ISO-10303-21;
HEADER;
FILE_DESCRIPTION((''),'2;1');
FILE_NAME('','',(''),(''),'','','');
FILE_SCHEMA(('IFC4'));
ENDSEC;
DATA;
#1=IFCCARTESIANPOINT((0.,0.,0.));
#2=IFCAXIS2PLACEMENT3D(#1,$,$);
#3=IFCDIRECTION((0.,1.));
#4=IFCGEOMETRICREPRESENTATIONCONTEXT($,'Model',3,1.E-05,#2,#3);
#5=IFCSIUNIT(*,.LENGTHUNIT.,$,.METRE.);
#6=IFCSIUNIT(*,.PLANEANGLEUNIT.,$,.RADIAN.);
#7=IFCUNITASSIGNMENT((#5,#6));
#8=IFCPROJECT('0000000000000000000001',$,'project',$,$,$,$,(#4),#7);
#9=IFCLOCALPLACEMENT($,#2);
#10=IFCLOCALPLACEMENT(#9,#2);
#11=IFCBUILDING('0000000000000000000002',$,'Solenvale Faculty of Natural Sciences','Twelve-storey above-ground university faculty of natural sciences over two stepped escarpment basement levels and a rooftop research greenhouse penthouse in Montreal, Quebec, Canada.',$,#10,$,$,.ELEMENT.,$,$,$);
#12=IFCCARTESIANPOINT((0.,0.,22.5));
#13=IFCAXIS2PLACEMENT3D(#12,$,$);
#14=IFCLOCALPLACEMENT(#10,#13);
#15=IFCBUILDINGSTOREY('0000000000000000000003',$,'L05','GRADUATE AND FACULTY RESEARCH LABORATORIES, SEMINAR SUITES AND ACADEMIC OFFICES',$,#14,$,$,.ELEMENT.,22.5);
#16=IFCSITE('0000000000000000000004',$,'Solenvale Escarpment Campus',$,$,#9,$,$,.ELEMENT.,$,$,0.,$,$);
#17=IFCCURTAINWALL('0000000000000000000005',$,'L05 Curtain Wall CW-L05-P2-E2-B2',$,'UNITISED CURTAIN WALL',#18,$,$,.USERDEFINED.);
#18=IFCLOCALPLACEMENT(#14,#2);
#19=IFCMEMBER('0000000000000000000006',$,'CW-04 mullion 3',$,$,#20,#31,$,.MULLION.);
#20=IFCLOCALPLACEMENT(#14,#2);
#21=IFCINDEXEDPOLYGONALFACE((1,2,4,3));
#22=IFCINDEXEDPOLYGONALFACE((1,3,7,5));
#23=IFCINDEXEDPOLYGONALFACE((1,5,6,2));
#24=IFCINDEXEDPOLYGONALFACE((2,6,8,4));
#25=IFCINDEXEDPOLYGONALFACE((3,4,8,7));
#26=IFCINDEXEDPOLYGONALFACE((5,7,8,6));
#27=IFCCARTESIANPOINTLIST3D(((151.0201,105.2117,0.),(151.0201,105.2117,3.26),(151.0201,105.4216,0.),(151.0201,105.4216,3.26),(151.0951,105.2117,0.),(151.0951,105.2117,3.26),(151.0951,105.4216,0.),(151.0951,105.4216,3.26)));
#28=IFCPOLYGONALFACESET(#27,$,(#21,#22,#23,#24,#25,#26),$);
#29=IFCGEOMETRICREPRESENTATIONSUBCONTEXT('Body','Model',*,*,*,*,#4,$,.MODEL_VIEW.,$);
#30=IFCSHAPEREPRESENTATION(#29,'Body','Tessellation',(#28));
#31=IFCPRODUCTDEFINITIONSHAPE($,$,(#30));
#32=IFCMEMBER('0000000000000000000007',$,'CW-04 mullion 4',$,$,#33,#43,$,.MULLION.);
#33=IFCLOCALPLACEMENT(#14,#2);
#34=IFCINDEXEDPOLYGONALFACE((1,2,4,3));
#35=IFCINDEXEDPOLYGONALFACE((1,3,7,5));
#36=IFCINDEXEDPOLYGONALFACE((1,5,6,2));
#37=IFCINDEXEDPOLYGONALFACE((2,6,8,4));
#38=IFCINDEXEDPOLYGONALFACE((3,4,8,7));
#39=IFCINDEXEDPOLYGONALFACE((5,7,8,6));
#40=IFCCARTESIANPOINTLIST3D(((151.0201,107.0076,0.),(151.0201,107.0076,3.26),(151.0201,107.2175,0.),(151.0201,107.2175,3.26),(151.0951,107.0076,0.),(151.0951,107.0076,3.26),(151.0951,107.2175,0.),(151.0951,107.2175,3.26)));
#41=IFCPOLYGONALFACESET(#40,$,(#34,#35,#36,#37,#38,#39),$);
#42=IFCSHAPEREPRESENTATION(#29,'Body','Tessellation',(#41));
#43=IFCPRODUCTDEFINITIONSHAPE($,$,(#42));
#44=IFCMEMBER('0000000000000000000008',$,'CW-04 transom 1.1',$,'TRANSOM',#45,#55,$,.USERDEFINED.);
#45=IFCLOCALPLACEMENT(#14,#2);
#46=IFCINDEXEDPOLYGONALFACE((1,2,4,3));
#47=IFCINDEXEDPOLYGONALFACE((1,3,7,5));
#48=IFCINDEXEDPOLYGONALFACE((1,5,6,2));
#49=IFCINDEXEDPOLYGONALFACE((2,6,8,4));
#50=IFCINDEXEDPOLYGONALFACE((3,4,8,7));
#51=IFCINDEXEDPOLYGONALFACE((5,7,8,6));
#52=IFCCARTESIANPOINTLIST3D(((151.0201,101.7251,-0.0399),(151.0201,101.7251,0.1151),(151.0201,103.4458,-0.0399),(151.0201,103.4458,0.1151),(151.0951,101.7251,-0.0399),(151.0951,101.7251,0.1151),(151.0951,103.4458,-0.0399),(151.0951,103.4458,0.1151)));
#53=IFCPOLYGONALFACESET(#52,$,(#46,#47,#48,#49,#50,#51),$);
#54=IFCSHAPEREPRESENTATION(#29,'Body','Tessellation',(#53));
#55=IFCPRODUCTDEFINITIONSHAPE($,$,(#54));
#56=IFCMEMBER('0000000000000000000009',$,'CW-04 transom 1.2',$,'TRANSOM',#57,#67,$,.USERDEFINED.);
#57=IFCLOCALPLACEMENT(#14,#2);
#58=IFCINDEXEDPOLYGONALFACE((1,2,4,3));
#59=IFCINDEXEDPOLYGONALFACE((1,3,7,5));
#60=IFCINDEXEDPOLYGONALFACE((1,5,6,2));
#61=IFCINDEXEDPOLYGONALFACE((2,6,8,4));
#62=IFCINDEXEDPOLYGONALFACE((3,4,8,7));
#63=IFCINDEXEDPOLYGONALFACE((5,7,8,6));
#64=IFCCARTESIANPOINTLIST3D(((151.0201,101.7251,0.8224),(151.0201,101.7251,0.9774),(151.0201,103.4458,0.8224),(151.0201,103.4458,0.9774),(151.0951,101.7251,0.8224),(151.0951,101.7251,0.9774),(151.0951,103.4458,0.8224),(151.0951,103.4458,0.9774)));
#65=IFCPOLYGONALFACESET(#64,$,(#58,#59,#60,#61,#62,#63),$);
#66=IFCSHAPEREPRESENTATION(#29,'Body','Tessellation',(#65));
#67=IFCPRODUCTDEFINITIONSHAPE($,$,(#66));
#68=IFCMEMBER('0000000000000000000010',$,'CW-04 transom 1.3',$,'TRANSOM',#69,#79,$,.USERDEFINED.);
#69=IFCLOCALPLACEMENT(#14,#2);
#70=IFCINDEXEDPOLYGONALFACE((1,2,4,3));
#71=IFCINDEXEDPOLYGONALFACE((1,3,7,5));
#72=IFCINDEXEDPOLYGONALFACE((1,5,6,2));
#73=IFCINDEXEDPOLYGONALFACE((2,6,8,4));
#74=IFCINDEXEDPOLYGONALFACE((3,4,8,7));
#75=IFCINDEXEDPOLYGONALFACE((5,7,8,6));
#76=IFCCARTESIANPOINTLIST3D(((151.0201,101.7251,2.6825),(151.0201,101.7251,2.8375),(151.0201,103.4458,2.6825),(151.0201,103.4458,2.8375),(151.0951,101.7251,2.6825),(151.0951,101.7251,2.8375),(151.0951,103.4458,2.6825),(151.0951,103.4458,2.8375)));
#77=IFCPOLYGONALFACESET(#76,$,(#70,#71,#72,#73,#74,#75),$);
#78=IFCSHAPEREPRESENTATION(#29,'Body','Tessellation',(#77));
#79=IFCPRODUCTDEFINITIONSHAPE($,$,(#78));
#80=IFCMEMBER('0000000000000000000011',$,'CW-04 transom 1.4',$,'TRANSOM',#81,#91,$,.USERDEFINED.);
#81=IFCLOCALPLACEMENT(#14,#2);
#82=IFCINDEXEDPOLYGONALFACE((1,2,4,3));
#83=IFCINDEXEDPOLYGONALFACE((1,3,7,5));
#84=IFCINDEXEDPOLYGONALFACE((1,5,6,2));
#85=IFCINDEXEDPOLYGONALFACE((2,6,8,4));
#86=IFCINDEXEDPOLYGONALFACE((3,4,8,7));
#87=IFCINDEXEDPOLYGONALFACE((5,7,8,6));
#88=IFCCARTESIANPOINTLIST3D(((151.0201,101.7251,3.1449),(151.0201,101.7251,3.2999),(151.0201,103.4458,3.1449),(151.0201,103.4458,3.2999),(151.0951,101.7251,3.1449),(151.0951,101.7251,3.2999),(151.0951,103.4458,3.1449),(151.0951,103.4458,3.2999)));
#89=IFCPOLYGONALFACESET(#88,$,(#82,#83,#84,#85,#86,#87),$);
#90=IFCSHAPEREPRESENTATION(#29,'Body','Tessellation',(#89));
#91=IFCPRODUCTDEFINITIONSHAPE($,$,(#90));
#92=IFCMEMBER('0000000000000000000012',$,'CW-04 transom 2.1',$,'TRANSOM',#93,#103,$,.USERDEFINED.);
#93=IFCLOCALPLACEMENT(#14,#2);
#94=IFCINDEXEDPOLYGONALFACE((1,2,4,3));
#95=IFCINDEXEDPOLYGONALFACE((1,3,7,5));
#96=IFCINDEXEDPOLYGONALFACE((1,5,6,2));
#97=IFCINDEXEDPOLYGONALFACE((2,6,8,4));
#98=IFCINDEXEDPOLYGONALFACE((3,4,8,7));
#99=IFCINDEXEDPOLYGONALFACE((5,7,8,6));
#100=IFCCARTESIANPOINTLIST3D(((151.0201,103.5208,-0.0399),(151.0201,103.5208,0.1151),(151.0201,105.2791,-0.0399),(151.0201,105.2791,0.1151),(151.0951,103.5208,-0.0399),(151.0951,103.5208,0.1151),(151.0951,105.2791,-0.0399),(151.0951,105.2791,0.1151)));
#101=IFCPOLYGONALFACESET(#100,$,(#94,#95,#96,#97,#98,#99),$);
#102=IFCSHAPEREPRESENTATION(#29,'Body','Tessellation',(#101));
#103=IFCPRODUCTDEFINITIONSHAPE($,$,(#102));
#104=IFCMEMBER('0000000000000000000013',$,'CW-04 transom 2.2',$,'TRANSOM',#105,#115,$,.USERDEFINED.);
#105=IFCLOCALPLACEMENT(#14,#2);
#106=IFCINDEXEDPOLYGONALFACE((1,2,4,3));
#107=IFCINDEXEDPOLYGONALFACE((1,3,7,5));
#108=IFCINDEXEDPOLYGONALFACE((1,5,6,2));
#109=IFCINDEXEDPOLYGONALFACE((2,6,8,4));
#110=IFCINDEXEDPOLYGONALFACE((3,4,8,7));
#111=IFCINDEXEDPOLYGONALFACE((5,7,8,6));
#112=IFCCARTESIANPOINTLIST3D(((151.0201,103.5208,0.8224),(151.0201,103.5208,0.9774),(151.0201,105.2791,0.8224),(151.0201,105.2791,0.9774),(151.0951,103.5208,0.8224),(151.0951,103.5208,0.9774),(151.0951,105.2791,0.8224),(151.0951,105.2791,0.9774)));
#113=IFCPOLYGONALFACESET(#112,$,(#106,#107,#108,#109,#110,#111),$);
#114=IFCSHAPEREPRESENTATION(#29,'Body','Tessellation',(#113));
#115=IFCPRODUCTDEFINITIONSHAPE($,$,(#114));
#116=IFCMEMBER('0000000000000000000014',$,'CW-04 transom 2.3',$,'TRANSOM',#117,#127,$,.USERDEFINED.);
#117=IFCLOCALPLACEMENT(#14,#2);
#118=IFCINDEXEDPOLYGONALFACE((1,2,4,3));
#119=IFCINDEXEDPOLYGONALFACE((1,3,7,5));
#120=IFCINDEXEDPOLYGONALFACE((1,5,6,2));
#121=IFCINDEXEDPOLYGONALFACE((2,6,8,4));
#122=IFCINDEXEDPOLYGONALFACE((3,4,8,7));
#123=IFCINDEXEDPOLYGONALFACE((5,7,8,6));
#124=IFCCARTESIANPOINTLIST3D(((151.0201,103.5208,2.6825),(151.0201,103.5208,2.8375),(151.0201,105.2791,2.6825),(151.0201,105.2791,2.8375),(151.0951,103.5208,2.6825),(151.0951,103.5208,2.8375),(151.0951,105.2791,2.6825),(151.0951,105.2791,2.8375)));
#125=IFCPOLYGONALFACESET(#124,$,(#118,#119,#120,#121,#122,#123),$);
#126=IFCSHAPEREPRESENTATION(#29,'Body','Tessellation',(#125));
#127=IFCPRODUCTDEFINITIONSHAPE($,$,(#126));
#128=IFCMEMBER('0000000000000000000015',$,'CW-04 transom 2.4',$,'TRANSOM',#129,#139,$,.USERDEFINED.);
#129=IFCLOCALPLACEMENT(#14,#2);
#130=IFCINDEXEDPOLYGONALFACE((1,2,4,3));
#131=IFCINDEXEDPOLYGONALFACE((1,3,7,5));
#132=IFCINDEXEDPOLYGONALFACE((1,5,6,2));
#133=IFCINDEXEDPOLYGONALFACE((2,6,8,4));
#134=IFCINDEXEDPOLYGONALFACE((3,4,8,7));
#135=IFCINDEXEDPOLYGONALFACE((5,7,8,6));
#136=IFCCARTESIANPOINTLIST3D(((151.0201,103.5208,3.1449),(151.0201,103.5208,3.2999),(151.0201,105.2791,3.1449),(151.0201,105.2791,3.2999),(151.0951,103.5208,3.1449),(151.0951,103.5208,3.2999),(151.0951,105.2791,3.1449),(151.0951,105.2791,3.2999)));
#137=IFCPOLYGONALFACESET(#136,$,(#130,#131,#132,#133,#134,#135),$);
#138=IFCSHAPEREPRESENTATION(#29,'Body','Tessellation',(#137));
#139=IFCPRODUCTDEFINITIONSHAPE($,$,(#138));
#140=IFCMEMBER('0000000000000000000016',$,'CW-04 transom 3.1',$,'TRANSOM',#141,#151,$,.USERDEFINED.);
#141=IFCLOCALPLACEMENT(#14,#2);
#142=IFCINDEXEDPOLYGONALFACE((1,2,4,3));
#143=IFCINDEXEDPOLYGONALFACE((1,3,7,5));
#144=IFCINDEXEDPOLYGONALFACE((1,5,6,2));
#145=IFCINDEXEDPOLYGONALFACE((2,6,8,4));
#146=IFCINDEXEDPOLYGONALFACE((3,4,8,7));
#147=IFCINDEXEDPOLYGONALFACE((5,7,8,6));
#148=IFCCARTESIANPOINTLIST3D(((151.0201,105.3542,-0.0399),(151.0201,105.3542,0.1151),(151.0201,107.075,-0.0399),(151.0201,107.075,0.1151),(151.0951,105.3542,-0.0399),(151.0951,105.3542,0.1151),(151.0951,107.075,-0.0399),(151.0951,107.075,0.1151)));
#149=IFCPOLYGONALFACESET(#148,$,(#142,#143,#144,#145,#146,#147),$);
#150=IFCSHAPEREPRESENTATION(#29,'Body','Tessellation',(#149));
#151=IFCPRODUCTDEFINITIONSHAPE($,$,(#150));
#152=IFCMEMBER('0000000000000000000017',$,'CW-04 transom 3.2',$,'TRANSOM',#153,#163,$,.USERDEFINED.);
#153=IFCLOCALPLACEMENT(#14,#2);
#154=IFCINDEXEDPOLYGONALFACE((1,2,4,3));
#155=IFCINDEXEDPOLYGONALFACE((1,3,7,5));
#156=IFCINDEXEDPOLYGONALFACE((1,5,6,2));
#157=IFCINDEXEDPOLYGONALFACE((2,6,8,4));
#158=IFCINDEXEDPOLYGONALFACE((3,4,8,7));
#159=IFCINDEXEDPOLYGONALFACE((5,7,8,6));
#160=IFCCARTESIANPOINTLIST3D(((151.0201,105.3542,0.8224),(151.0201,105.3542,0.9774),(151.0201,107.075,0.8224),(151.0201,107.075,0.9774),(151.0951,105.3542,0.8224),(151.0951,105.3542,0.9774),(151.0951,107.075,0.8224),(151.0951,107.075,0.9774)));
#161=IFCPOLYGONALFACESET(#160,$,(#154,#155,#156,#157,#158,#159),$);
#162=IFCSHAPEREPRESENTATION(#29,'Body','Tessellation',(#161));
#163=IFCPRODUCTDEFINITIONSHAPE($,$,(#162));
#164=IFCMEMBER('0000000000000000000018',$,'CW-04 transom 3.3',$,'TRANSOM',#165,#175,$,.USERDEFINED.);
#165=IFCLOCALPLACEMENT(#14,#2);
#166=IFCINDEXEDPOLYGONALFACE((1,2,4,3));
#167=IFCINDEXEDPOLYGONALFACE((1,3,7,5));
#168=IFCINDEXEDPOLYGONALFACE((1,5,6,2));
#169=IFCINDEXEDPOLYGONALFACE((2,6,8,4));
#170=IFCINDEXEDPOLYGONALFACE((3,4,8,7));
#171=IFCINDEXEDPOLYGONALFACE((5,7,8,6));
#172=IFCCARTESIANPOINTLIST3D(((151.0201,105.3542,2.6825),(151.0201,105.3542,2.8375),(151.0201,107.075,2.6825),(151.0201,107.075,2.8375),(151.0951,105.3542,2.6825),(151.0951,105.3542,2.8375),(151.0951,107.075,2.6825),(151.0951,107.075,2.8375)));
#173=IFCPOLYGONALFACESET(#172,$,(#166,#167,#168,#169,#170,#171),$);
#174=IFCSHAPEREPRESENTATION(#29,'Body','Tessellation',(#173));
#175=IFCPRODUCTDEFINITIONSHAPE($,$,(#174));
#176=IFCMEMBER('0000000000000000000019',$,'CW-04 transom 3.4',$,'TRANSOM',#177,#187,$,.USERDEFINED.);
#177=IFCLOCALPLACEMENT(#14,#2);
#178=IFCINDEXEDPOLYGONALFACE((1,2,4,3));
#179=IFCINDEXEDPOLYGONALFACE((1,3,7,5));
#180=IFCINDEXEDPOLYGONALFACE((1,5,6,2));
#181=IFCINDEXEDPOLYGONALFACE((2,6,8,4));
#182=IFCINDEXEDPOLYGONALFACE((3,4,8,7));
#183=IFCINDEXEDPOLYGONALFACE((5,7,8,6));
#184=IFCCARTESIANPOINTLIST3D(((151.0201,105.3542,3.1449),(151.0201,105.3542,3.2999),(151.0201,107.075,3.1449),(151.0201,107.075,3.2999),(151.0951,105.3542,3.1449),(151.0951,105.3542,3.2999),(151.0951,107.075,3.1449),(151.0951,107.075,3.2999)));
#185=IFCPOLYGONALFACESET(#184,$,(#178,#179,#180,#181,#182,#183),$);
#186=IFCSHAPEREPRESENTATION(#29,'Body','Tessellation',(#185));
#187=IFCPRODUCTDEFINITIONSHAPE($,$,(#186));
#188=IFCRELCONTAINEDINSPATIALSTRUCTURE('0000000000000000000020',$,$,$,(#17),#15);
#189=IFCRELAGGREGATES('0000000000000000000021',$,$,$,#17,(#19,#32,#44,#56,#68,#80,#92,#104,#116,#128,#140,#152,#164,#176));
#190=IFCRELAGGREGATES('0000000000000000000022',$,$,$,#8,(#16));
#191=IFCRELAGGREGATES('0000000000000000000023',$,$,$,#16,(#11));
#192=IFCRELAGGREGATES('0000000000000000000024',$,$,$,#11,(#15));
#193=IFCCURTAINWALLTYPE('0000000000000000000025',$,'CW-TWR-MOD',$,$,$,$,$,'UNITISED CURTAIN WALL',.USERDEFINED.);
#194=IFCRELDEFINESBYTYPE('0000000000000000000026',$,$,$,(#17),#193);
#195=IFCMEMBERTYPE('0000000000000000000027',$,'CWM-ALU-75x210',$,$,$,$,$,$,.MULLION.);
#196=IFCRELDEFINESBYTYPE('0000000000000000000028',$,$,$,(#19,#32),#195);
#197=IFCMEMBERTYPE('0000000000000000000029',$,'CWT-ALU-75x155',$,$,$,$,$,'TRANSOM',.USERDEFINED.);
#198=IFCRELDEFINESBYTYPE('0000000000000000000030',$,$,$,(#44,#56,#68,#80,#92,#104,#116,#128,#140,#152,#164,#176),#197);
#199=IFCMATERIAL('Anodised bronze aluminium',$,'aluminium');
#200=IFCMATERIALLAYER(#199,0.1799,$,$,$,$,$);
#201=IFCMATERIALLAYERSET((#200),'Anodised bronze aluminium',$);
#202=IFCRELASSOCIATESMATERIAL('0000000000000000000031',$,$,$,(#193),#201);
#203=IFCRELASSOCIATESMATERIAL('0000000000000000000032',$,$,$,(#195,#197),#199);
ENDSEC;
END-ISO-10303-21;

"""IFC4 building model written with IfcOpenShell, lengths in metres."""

from ifc_helpers import new_model, si_unit, direction, frame, origin, origin_2d, place, context, subcontext, project, spatial, rectangle, extrude, material, layer, layer_set, material_profile, profile_set, type_object, element, aggregate, save


model = new_model("IFC4")

# Units and contexts
model_context = context("Model", 3, precision=1e-05, world=origin(), true_north=direction((0.0, 1.0)))
body_context = subcontext(model_context, "Body", "Model", "MODEL_VIEW")
ifc_project = project(units=[si_unit("LENGTHUNIT", "METRE"), si_unit("PLANEANGLEUNIT", "RADIAN")], contexts=[model_context])

# Site, building, storey
site_placement = place(None, origin())
site = spatial("IfcSite", under=ifc_project, at=site_placement, Name="Solenvale Escarpment Campus", CompositionType="ELEMENT", RefElevation=0.0)
building_placement = place(site_placement, origin())
building = spatial("IfcBuilding", under=site, at=building_placement, Name="Solenvale Faculty of Natural Sciences", Description="Twelve-storey above-ground university faculty of natural sciences over two stepped escarpment basement levels and a rooftop research greenhouse penthouse in Montreal, Quebec, Canada.", CompositionType="ELEMENT")
storey_placement = place(building_placement, frame((0.0, 0.0, 22.5)))
storey = spatial("IfcBuildingStorey", under=building, at=storey_placement, Name="L05", Description="GRADUATE AND FACULTY RESEARCH LABORATORIES, SEMINAR SUITES AND ACADEMIC OFFICES", CompositionType="ELEMENT", Elevation=22.5)

# Curtain wall, members
ifc_material_1 = material(Name="Anodised bronze aluminium", Category="aluminium")
ifc_layer_1 = layer(ifc_material_1, 0.1799)
ifc_layer_set_1 = layer_set([ifc_layer_1], Name="Anodised bronze aluminium")
curtain_wall_type = type_object("IfcCurtainWallType", Name="CW-TWR-MOD", ElementType="UNITISED CURTAIN WALL", PredefinedType="USERDEFINED", material=ifc_layer_set_1)
curtain_wall_placement = place(storey_placement, origin())
curtain_wall = element("IfcCurtainWall", 1, at=curtain_wall_placement, inside=storey, type_object=curtain_wall_type, Name="L05 Curtain Wall CW-L05-P2-E2-B2", ObjectType="UNITISED CURTAIN WALL", PredefinedType="USERDEFINED")
ifc_material_profile_1 = material_profile(ifc_material_1, rectangle(XDim=0.075, YDim=0.21, at=origin_2d()), Name="ALU-MUL-75x210")
ifc_profile_set_1 = profile_set([ifc_material_profile_1], Name="Anodised bronze aluminium")
member_type_1 = type_object("IfcMemberType", Name="CWM-ALU-75x210", PredefinedType="MULLION", material=ifc_profile_set_1)
member_1_placement = place(storey_placement, frame((151.0576, 105.3167, 0.0), z_axis=(0.0, 0.0, 1.0), x_axis=(-1.0, 0.0, 0.0)))
member_1 = element("IfcMember", 2, at=member_1_placement, type_object=member_type_1, Name="CW-04 mullion 3", PredefinedType="MULLION", context=body_context, shape_type="SweptSolid", body=[
    extrude(rectangle(XDim=0.075, YDim=0.21, at=origin_2d()), origin(), (0.0, 0.0, 1.0), 3.26),
])
member_2_placement = place(storey_placement, frame((151.0576, 107.1125, 0.0), z_axis=(0.0, 0.0, 1.0), x_axis=(-1.0, 0.0, 0.0)))
member_2 = element("IfcMember", 3, at=member_2_placement, type_object=member_type_1, Name="CW-04 mullion 4", PredefinedType="MULLION", context=body_context, shape_type="SweptSolid", body=[
    extrude(rectangle(XDim=0.075, YDim=0.21, at=origin_2d()), origin(), (0.0, 0.0, 1.0), 3.26),
])
ifc_material_profile_2 = material_profile(ifc_material_1, rectangle(XDim=0.075, YDim=0.155, at=origin_2d()), Name="ALU-TRN-75x155")
ifc_profile_set_2 = profile_set([ifc_material_profile_2], Name="Anodised bronze aluminium")
member_type_2 = type_object("IfcMemberType", Name="CWT-ALU-75x155", ElementType="TRANSOM", PredefinedType="USERDEFINED", material=ifc_profile_set_2)
member_3_placement = place(storey_placement, frame((151.0576, 101.7251, 0.0376), z_axis=(0.0, 1.0, 0.0), x_axis=(-1.0, 0.0, 0.0)))
member_3 = element("IfcMember", 4, at=member_3_placement, type_object=member_type_2, Name="CW-04 transom 1.1", ObjectType="TRANSOM", PredefinedType="USERDEFINED", context=body_context, shape_type="SweptSolid", body=[
    extrude(rectangle(XDim=0.075, YDim=0.155, at=origin_2d()), origin(), (0.0, 0.0, 1.0), 1.7207),
])
member_4_placement = place(storey_placement, frame((151.0576, 101.7251, 0.8999), z_axis=(0.0, 1.0, 0.0), x_axis=(-1.0, 0.0, 0.0)))
member_4 = element("IfcMember", 5, at=member_4_placement, type_object=member_type_2, Name="CW-04 transom 1.2", ObjectType="TRANSOM", PredefinedType="USERDEFINED", context=body_context, shape_type="SweptSolid", body=[
    extrude(rectangle(XDim=0.075, YDim=0.155, at=origin_2d()), origin(), (0.0, 0.0, 1.0), 1.7207),
])
member_5_placement = place(storey_placement, frame((151.0576, 101.7251, 2.76), z_axis=(0.0, 1.0, 0.0), x_axis=(-1.0, 0.0, 0.0)))
member_5 = element("IfcMember", 6, at=member_5_placement, type_object=member_type_2, Name="CW-04 transom 1.3", ObjectType="TRANSOM", PredefinedType="USERDEFINED", context=body_context, shape_type="SweptSolid", body=[
    extrude(rectangle(XDim=0.075, YDim=0.155, at=origin_2d()), origin(), (0.0, 0.0, 1.0), 1.7207),
])
member_6_placement = place(storey_placement, frame((151.0576, 101.7251, 3.2224), z_axis=(0.0, 1.0, 0.0), x_axis=(-1.0, 0.0, 0.0)))
member_6 = element("IfcMember", 7, at=member_6_placement, type_object=member_type_2, Name="CW-04 transom 1.4", ObjectType="TRANSOM", PredefinedType="USERDEFINED", context=body_context, shape_type="SweptSolid", body=[
    extrude(rectangle(XDim=0.075, YDim=0.155, at=origin_2d()), origin(), (0.0, 0.0, 1.0), 1.7207),
])
member_7_placement = place(storey_placement, frame((151.0576, 103.5208, 0.0376), z_axis=(0.0, 1.0, 0.0), x_axis=(-1.0, 0.0, 0.0)))
member_7 = element("IfcMember", 8, at=member_7_placement, type_object=member_type_2, Name="CW-04 transom 2.1", ObjectType="TRANSOM", PredefinedType="USERDEFINED", context=body_context, shape_type="SweptSolid", body=[
    extrude(rectangle(XDim=0.075, YDim=0.155, at=origin_2d()), origin(), (0.0, 0.0, 1.0), 1.7583),
])
member_8_placement = place(storey_placement, frame((151.0576, 103.5208, 0.8999), z_axis=(0.0, 1.0, 0.0), x_axis=(-1.0, 0.0, 0.0)))
member_8 = element("IfcMember", 9, at=member_8_placement, type_object=member_type_2, Name="CW-04 transom 2.2", ObjectType="TRANSOM", PredefinedType="USERDEFINED", context=body_context, shape_type="SweptSolid", body=[
    extrude(rectangle(XDim=0.075, YDim=0.155, at=origin_2d()), origin(), (0.0, 0.0, 1.0), 1.7583),
])
member_9_placement = place(storey_placement, frame((151.0576, 103.5208, 2.76), z_axis=(0.0, 1.0, 0.0), x_axis=(-1.0, 0.0, 0.0)))
member_9 = element("IfcMember", 10, at=member_9_placement, type_object=member_type_2, Name="CW-04 transom 2.3", ObjectType="TRANSOM", PredefinedType="USERDEFINED", context=body_context, shape_type="SweptSolid", body=[
    extrude(rectangle(XDim=0.075, YDim=0.155, at=origin_2d()), origin(), (0.0, 0.0, 1.0), 1.7583),
])
member_10_placement = place(storey_placement, frame((151.0576, 103.5208, 3.2224), z_axis=(0.0, 1.0, 0.0), x_axis=(-1.0, 0.0, 0.0)))
member_10 = element("IfcMember", 11, at=member_10_placement, type_object=member_type_2, Name="CW-04 transom 2.4", ObjectType="TRANSOM", PredefinedType="USERDEFINED", context=body_context, shape_type="SweptSolid", body=[
    extrude(rectangle(XDim=0.075, YDim=0.155, at=origin_2d()), origin(), (0.0, 0.0, 1.0), 1.7583),
])
member_11_placement = place(storey_placement, frame((151.0576, 105.3542, 0.0376), z_axis=(0.0, 1.0, 0.0), x_axis=(-1.0, 0.0, 0.0)))
member_11 = element("IfcMember", 12, at=member_11_placement, type_object=member_type_2, Name="CW-04 transom 3.1", ObjectType="TRANSOM", PredefinedType="USERDEFINED", context=body_context, shape_type="SweptSolid", body=[
    extrude(rectangle(XDim=0.075, YDim=0.155, at=origin_2d()), origin(), (0.0, 0.0, 1.0), 1.7207),
])
member_12_placement = place(storey_placement, frame((151.0576, 105.3542, 0.8999), z_axis=(0.0, 1.0, 0.0), x_axis=(-1.0, 0.0, 0.0)))
member_12 = element("IfcMember", 13, at=member_12_placement, type_object=member_type_2, Name="CW-04 transom 3.2", ObjectType="TRANSOM", PredefinedType="USERDEFINED", context=body_context, shape_type="SweptSolid", body=[
    extrude(rectangle(XDim=0.075, YDim=0.155, at=origin_2d()), origin(), (0.0, 0.0, 1.0), 1.7207),
])
member_13_placement = place(storey_placement, frame((151.0576, 105.3542, 2.76), z_axis=(0.0, 1.0, 0.0), x_axis=(-1.0, 0.0, 0.0)))
member_13 = element("IfcMember", 14, at=member_13_placement, type_object=member_type_2, Name="CW-04 transom 3.3", ObjectType="TRANSOM", PredefinedType="USERDEFINED", context=body_context, shape_type="SweptSolid", body=[
    extrude(rectangle(XDim=0.075, YDim=0.155, at=origin_2d()), origin(), (0.0, 0.0, 1.0), 1.7207),
])
member_14_placement = place(storey_placement, frame((151.0576, 105.3542, 3.2224), z_axis=(0.0, 1.0, 0.0), x_axis=(-1.0, 0.0, 0.0)))
member_14 = element("IfcMember", 15, at=member_14_placement, type_object=member_type_2, Name="CW-04 transom 3.4", ObjectType="TRANSOM", PredefinedType="USERDEFINED", context=body_context, shape_type="SweptSolid", body=[
    extrude(rectangle(XDim=0.075, YDim=0.155, at=origin_2d()), origin(), (0.0, 0.0, 1.0), 1.7207),
])
aggregate(curtain_wall, [member_1, member_2, member_3, member_4, member_5, member_6, member_7, member_8, member_9, member_10, member_11, member_12, member_13, member_14])

save(model, "model.ifc")
